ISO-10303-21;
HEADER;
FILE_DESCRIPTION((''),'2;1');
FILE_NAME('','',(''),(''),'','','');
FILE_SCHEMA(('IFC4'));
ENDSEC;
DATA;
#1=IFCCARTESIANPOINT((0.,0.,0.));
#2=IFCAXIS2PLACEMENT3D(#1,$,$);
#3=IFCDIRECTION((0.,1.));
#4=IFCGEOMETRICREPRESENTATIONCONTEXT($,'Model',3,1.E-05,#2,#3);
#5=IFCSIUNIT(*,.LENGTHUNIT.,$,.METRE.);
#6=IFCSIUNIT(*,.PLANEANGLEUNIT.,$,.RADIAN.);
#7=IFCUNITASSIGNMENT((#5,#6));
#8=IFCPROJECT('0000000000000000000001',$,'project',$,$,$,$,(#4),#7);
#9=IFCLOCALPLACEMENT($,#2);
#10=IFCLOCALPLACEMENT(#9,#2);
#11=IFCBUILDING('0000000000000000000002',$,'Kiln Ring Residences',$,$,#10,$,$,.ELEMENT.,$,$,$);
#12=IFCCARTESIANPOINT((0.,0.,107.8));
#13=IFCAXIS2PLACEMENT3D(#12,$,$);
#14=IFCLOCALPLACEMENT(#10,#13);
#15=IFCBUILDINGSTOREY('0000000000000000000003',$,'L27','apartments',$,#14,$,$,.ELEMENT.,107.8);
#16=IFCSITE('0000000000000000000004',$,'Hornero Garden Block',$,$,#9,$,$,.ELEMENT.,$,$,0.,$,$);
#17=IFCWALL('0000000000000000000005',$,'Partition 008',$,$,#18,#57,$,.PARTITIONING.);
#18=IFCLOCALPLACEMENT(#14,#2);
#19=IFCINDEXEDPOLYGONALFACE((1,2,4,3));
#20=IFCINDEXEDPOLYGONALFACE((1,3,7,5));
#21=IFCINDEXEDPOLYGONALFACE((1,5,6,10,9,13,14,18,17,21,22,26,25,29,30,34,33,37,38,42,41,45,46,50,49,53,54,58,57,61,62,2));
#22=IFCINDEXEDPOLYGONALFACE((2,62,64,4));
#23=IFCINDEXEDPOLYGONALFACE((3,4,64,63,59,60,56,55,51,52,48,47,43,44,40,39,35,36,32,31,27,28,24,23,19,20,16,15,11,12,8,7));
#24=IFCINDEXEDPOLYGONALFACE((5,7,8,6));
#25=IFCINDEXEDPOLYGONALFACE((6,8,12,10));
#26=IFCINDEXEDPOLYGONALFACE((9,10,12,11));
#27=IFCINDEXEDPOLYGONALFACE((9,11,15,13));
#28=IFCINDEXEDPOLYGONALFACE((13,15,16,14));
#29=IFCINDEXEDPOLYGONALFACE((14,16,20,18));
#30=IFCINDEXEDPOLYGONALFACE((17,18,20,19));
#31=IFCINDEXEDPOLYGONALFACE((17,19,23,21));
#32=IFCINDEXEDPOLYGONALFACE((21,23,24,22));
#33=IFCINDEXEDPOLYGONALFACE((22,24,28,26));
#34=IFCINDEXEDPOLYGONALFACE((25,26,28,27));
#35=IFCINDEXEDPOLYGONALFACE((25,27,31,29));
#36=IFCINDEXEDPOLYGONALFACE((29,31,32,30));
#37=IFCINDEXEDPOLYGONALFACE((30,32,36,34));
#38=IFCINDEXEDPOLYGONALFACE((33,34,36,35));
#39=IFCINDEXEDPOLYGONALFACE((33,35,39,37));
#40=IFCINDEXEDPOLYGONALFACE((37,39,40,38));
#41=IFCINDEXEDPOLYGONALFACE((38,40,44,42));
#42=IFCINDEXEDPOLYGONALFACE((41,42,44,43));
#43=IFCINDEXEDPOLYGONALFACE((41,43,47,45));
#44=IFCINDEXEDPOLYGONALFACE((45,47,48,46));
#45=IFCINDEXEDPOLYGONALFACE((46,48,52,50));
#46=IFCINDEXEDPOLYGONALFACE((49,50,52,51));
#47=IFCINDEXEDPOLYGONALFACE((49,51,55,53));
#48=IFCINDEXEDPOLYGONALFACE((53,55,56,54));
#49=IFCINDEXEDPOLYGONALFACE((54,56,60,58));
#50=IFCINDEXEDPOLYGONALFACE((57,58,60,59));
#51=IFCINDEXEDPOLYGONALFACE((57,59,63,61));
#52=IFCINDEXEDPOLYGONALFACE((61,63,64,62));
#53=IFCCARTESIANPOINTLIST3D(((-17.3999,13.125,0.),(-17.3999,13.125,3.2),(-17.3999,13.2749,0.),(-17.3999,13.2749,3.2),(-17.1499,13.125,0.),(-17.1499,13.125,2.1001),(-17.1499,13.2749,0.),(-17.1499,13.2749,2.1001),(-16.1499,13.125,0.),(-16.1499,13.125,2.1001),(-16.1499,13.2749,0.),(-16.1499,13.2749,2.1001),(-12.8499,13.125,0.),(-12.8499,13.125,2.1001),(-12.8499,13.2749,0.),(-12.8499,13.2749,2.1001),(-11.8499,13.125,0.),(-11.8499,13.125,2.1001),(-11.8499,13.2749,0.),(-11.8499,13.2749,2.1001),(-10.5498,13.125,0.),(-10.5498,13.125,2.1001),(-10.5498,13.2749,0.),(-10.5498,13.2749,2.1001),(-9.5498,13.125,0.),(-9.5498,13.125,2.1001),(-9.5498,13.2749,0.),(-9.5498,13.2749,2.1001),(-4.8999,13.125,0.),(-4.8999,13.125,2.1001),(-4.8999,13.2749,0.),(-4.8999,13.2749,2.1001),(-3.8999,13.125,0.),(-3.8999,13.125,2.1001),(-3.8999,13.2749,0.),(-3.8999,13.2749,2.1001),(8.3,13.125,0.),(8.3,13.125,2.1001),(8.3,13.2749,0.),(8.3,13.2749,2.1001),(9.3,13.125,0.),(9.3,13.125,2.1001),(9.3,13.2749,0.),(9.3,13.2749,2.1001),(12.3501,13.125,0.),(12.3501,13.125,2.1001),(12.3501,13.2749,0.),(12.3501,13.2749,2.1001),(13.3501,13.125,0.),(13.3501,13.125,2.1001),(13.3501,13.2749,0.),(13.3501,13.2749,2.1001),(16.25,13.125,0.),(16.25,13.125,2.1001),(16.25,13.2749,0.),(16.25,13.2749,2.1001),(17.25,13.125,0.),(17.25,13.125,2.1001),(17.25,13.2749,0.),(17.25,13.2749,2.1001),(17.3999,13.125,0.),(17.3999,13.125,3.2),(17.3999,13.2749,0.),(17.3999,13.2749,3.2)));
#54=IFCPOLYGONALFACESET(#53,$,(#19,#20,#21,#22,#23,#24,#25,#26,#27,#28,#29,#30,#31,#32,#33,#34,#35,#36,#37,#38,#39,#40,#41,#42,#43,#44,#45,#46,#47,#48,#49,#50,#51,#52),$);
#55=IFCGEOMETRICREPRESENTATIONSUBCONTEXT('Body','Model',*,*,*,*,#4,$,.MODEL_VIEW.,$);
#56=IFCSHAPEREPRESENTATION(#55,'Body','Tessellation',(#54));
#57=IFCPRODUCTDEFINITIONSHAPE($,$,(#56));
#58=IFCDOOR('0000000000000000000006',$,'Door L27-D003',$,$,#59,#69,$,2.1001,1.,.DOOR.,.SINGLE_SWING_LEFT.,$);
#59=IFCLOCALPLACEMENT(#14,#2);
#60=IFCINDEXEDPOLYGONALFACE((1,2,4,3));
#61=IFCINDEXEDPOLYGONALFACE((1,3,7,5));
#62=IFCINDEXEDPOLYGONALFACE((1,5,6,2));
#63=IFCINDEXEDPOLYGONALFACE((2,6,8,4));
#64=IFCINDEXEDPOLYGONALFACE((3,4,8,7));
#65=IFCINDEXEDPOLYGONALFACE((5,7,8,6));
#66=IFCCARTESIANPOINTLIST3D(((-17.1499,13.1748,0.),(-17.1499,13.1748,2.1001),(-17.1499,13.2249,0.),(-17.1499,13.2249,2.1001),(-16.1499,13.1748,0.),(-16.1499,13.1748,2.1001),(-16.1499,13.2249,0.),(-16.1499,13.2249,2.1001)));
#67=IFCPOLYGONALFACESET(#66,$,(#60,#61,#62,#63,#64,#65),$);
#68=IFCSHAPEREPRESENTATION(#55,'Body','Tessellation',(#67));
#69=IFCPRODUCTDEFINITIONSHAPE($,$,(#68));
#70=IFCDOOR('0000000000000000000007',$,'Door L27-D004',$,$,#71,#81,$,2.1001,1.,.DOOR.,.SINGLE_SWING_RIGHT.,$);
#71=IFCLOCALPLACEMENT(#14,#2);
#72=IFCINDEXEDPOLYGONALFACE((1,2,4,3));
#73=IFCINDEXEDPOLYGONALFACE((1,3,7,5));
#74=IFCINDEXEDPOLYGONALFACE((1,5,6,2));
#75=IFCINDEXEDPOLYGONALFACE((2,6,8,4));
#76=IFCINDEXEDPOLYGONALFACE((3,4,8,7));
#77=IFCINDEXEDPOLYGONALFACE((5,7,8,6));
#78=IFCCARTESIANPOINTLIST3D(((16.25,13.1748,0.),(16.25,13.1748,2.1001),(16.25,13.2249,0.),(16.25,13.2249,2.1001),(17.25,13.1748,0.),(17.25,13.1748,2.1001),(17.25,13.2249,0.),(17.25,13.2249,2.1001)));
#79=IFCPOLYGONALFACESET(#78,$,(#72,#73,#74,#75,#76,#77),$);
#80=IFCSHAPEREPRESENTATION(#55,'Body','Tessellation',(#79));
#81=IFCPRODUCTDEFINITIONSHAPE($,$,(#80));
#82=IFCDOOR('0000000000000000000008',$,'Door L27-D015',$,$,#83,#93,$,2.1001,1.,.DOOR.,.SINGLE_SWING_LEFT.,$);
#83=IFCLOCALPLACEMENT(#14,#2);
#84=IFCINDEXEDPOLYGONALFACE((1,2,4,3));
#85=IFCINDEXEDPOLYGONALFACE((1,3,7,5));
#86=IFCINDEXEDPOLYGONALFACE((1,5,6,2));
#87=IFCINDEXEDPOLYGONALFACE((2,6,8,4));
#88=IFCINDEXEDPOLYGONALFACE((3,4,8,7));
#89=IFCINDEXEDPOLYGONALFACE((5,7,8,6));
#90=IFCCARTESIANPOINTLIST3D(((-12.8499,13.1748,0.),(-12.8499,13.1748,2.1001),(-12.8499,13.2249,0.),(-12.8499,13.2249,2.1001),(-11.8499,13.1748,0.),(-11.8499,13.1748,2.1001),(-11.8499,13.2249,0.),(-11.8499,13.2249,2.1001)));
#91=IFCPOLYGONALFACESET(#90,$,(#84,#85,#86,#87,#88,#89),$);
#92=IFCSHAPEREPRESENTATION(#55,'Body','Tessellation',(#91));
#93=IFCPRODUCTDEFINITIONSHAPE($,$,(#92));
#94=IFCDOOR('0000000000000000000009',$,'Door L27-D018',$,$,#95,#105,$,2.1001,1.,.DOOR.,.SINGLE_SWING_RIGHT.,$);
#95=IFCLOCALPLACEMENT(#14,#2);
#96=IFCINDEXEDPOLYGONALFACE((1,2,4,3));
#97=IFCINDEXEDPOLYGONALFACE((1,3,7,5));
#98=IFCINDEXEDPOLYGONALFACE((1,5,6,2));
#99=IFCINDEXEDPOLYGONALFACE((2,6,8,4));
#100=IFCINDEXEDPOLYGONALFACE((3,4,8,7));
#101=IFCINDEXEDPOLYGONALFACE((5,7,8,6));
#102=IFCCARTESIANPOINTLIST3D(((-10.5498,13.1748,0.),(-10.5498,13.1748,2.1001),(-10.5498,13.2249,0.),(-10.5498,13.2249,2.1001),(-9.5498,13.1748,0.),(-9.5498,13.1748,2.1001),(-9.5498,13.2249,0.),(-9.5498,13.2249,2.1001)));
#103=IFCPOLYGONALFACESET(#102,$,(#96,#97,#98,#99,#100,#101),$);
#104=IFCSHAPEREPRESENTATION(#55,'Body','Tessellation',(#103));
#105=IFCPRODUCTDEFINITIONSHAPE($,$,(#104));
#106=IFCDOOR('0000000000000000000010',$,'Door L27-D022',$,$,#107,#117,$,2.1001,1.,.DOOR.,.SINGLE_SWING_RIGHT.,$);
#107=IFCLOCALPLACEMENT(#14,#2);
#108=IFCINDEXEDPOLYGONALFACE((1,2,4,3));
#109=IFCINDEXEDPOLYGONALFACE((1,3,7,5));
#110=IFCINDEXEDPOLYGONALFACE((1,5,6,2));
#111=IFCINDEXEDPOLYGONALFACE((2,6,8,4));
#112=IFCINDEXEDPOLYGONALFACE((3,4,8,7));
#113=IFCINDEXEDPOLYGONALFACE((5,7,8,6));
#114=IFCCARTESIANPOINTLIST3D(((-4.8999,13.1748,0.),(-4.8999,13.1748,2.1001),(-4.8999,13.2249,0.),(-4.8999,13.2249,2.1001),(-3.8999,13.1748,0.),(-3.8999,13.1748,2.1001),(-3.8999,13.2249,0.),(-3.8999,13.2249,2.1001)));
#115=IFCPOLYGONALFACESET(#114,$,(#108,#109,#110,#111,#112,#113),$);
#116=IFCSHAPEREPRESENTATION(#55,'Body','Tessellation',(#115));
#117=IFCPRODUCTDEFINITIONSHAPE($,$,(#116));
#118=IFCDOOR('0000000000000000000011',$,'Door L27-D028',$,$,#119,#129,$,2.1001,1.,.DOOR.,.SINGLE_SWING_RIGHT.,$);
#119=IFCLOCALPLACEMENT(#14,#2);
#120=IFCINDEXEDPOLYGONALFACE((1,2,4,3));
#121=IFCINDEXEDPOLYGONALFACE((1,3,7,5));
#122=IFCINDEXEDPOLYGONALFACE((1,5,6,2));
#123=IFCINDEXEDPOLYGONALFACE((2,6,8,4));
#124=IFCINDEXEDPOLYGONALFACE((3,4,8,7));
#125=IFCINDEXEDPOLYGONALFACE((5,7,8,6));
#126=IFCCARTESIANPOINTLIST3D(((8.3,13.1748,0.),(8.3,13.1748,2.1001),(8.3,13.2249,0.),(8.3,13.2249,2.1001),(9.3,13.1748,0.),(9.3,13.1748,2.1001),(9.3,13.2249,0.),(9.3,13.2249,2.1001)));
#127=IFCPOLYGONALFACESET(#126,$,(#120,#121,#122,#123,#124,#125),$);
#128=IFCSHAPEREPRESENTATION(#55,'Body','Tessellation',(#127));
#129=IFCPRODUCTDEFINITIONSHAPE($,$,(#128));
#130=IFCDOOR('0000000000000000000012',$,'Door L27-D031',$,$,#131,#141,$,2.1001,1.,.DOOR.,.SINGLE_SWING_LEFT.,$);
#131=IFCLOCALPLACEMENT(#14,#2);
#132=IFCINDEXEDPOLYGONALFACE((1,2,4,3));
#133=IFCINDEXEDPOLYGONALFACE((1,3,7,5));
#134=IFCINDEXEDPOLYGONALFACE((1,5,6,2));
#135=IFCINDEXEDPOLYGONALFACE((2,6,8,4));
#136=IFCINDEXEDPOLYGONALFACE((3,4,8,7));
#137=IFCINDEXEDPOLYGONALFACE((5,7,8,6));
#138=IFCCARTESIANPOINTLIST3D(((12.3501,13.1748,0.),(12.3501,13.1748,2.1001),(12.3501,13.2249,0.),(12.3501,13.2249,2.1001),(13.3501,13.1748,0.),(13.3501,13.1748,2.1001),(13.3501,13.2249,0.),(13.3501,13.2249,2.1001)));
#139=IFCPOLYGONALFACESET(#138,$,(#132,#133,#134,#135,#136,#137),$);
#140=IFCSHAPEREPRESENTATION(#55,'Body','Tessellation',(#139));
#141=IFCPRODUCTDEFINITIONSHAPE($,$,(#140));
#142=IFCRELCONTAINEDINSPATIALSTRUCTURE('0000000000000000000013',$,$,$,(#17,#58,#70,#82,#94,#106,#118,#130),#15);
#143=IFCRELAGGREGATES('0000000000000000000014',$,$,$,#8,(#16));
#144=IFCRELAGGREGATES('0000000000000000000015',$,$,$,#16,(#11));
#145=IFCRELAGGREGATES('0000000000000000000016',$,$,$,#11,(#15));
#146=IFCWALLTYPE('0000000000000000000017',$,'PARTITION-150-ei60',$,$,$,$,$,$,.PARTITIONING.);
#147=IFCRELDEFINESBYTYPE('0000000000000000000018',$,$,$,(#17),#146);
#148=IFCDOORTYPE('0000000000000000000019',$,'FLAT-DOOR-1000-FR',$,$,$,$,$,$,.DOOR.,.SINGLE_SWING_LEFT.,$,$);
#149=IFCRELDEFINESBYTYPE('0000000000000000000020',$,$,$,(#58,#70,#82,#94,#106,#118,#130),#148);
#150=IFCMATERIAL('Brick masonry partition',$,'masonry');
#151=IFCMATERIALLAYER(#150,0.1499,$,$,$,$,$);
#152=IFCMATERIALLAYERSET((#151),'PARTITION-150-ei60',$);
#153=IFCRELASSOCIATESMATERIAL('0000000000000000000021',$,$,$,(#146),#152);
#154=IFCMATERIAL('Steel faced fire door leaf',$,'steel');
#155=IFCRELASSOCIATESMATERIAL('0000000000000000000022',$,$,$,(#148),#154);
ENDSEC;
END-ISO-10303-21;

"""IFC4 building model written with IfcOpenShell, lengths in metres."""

from ifc_helpers import new_model, si_unit, direction, frame, frame_2d, origin, place, context, subcontext, project, spatial, rectangle, extrude, material, layer, layer_set, type_object, element, fill, save


model = new_model("IFC4")

# Units and contexts
model_context = context("Model", 3, precision=1e-05, world=origin(), true_north=direction((0.0, 1.0)))
body_context = subcontext(model_context, "Body", "Model", "MODEL_VIEW")
ifc_project = project(units=[si_unit("LENGTHUNIT", "METRE"), si_unit("PLANEANGLEUNIT", "RADIAN")], contexts=[model_context])

# Site, building, storey
site_placement = place(None, origin())
site = spatial("IfcSite", under=ifc_project, at=site_placement, Name="Hornero Garden Block", CompositionType="ELEMENT", RefElevation=0.0)
building_placement = place(site_placement, origin())
building = spatial("IfcBuilding", under=site, at=building_placement, Name="Kiln Ring Residences", CompositionType="ELEMENT")
storey_placement = place(building_placement, frame((0.0, 0.0, 107.8)))
storey = spatial("IfcBuildingStorey", under=building, at=storey_placement, Name="L27", Description="apartments", CompositionType="ELEMENT", Elevation=107.8)

# Wall, openings, doors
ifc_material_1 = material(Name="Brick masonry partition", Category="masonry")
ifc_layer_1 = layer(ifc_material_1, 0.1499)
ifc_layer_set_1 = layer_set([ifc_layer_1], Name="PARTITION-150-ei60")
wall_type_1 = type_object("IfcWallType", Name="PARTITION-150-ei60", PredefinedType="PARTITIONING", material=ifc_layer_set_1)
wall_1_placement = place(storey_placement, frame((-17.3999, 13.2, 0.0), z_axis=(0.0, 0.0, 1.0), x_axis=(1.0, 0.0, 0.0)))
wall_1 = element("IfcWall", 1, at=wall_1_placement, inside=storey, type_object=wall_type_1, Name="Partition 008", PredefinedType="PARTITIONING", context=body_context, shape_type="SweptSolid", body=[
    extrude(rectangle(XDim=34.7998, YDim=0.1499, at=frame_2d((17.3999, 0.0))), origin(), (0.0, 0.0, 1.0), 3.2),
])
opening_1_placement = place(wall_1_placement, frame((0.25, 0.0, 0.0)))
opening_1 = element("IfcOpeningElement", 2, at=opening_1_placement, cuts=wall_1, PredefinedType="OPENING", context=body_context, shape_type="SweptSolid", body=[
    extrude(rectangle(XDim=1.0, YDim=2.1001, at=frame_2d((0.5, 1.05))), frame((0.0, 0.085, 0.0), z_axis=(0.0, -1.0, 0.0), x_axis=(1.0, 0.0, 0.0)), (0.0, 0.0, 1.0), 0.1699),
])
opening_2_placement = place(wall_1_placement, frame((33.6499, 0.0, 0.0)))
opening_2 = element("IfcOpeningElement", 3, at=opening_2_placement, cuts=wall_1, PredefinedType="OPENING", context=body_context, shape_type="SweptSolid", body=[
    extrude(rectangle(XDim=1.0, YDim=2.1001, at=frame_2d((0.5, 1.05))), frame((0.0, 0.085, 0.0), z_axis=(0.0, -1.0, 0.0), x_axis=(1.0, 0.0, 0.0)), (0.0, 0.0, 1.0), 0.1699),
])
opening_3_placement = place(wall_1_placement, frame((4.55, 0.0, 0.0)))
opening_3 = element("IfcOpeningElement", 4, at=opening_3_placement, cuts=wall_1, PredefinedType="OPENING", context=body_context, shape_type="SweptSolid", body=[
    extrude(rectangle(XDim=1.0, YDim=2.1001, at=frame_2d((0.5, 1.05))), frame((0.0, 0.085, 0.0), z_axis=(0.0, -1.0, 0.0), x_axis=(1.0, 0.0, 0.0)), (0.0, 0.0, 1.0), 0.1699),
])
opening_4_placement = place(wall_1_placement, frame((6.8501, 0.0, 0.0)))
opening_4 = element("IfcOpeningElement", 5, at=opening_4_placement, cuts=wall_1, PredefinedType="OPENING", context=body_context, shape_type="SweptSolid", body=[
    extrude(rectangle(XDim=1.0, YDim=2.1001, at=frame_2d((0.5, 1.05))), frame((0.0, 0.085, 0.0), z_axis=(0.0, -1.0, 0.0), x_axis=(1.0, 0.0, 0.0)), (0.0, 0.0, 1.0), 0.1699),
])
opening_5_placement = place(wall_1_placement, frame((12.5, 0.0, 0.0)))
opening_5 = element("IfcOpeningElement", 6, at=opening_5_placement, cuts=wall_1, PredefinedType="OPENING", context=body_context, shape_type="SweptSolid", body=[
    extrude(rectangle(XDim=1.0, YDim=2.1001, at=frame_2d((0.5, 1.05))), frame((0.0, 0.085, 0.0), z_axis=(0.0, -1.0, 0.0), x_axis=(1.0, 0.0, 0.0)), (0.0, 0.0, 1.0), 0.1699),
])
opening_6_placement = place(wall_1_placement, frame((25.7, 0.0, 0.0)))
opening_6 = element("IfcOpeningElement", 7, at=opening_6_placement, cuts=wall_1, PredefinedType="OPENING", context=body_context, shape_type="SweptSolid", body=[
    extrude(rectangle(XDim=1.0, YDim=2.1001, at=frame_2d((0.5, 1.05))), frame((0.0, 0.085, 0.0), z_axis=(0.0, -1.0, 0.0), x_axis=(1.0, 0.0, 0.0)), (0.0, 0.0, 1.0), 0.1699),
])
opening_7_placement = place(wall_1_placement, frame((29.75, 0.0, 0.0)))
opening_7 = element("IfcOpeningElement", 8, at=opening_7_placement, cuts=wall_1, PredefinedType="OPENING", context=body_context, shape_type="SweptSolid", body=[
    extrude(rectangle(XDim=1.0, YDim=2.1001, at=frame_2d((0.5, 1.05))), frame((0.0, 0.085, 0.0), z_axis=(0.0, -1.0, 0.0), x_axis=(1.0, 0.0, 0.0)), (0.0, 0.0, 1.0), 0.1699),
])
ifc_material_2 = material(Name="Steel faced fire door leaf", Category="steel")
door_type_1 = type_object("IfcDoorType", Name="FLAT-DOOR-1000-FR", OperationType="SINGLE_SWING_LEFT", PredefinedType="DOOR", material=ifc_material_2)
door_1_placement = place(opening_1_placement, origin())
door_1 = element("IfcDoor", 9, at=door_1_placement, inside=storey, type_object=door_type_1, Name="Door L27-D003", OperationType="SINGLE_SWING_LEFT", OverallHeight=2.1001, OverallWidth=1.0, PredefinedType="DOOR", context=body_context, shape_type="SweptSolid", body=[
    extrude(rectangle(XDim=1.0, YDim=2.1001, at=frame_2d((0.5, 1.05))), frame((0.0, 0.0249, 0.0), z_axis=(0.0, -1.0, 0.0), x_axis=(1.0, 0.0, 0.0)), (0.0, 0.0, 1.0), 0.05),
])
fill(opening_1, door_1)
door_2_placement = place(opening_2_placement, origin())
door_2 = element("IfcDoor", 10, at=door_2_placement, inside=storey, type_object=door_type_1, Name="Door L27-D004", OperationType="SINGLE_SWING_RIGHT", OverallHeight=2.1001, OverallWidth=1.0, PredefinedType="DOOR", context=body_context, shape_type="SweptSolid", body=[
    extrude(rectangle(XDim=1.0, YDim=2.1001, at=frame_2d((0.5, 1.05))), frame((0.0, 0.0249, 0.0), z_axis=(0.0, -1.0, 0.0), x_axis=(1.0, 0.0, 0.0)), (0.0, 0.0, 1.0), 0.05),
])
fill(opening_2, door_2)
door_3_placement = place(opening_3_placement, origin())
door_3 = element("IfcDoor", 11, at=door_3_placement, inside=storey, type_object=door_type_1, Name="Door L27-D015", OperationType="SINGLE_SWING_LEFT", OverallHeight=2.1001, OverallWidth=1.0, PredefinedType="DOOR", context=body_context, shape_type="SweptSolid", body=[
    extrude(rectangle(XDim=1.0, YDim=2.1001, at=frame_2d((0.5, 1.05))), frame((0.0, 0.0249, 0.0), z_axis=(0.0, -1.0, 0.0), x_axis=(1.0, 0.0, 0.0)), (0.0, 0.0, 1.0), 0.05),
])
fill(opening_3, door_3)
door_4_placement = place(opening_4_placement, origin())
door_4 = element("IfcDoor", 12, at=door_4_placement, inside=storey, type_object=door_type_1, Name="Door L27-D018", OperationType="SINGLE_SWING_RIGHT", OverallHeight=2.1001, OverallWidth=1.0, PredefinedType="DOOR", context=body_context, shape_type="SweptSolid", body=[
    extrude(rectangle(XDim=1.0, YDim=2.1001, at=frame_2d((0.5, 1.05))), frame((0.0, 0.0249, 0.0), z_axis=(0.0, -1.0, 0.0), x_axis=(1.0, 0.0, 0.0)), (0.0, 0.0, 1.0), 0.05),
])
fill(opening_4, door_4)
door_5_placement = place(opening_5_placement, origin())
door_5 = element("IfcDoor", 13, at=door_5_placement, inside=storey, type_object=door_type_1, Name="Door L27-D022", OperationType="SINGLE_SWING_RIGHT", OverallHeight=2.1001, OverallWidth=1.0, PredefinedType="DOOR", context=body_context, shape_type="SweptSolid", body=[
    extrude(rectangle(XDim=1.0, YDim=2.1001, at=frame_2d((0.5, 1.05))), frame((0.0, 0.0249, 0.0), z_axis=(0.0, -1.0, 0.0), x_axis=(1.0, 0.0, 0.0)), (0.0, 0.0, 1.0), 0.05),
])
fill(opening_5, door_5)
door_6_placement = place(opening_6_placement, origin())
door_6 = element("IfcDoor", 14, at=door_6_placement, inside=storey, type_object=door_type_1, Name="Door L27-D028", OperationType="SINGLE_SWING_RIGHT", OverallHeight=2.1001, OverallWidth=1.0, PredefinedType="DOOR", context=body_context, shape_type="SweptSolid", body=[
    extrude(rectangle(XDim=1.0, YDim=2.1001, at=frame_2d((0.5, 1.05))), frame((0.0, 0.0249, 0.0), z_axis=(0.0, -1.0, 0.0), x_axis=(1.0, 0.0, 0.0)), (0.0, 0.0, 1.0), 0.05),
])
fill(opening_6, door_6)
door_7_placement = place(opening_7_placement, origin())
door_7 = element("IfcDoor", 15, at=door_7_placement, inside=storey, type_object=door_type_1, Name="Door L27-D031", OperationType="SINGLE_SWING_LEFT", OverallHeight=2.1001, OverallWidth=1.0, PredefinedType="DOOR", context=body_context, shape_type="SweptSolid", body=[
    extrude(rectangle(XDim=1.0, YDim=2.1001, at=frame_2d((0.5, 1.05))), frame((0.0, 0.0249, 0.0), z_axis=(0.0, -1.0, 0.0), x_axis=(1.0, 0.0, 0.0)), (0.0, 0.0, 1.0), 0.05),
])
fill(opening_7, door_7)

save(model, "model.ifc")
